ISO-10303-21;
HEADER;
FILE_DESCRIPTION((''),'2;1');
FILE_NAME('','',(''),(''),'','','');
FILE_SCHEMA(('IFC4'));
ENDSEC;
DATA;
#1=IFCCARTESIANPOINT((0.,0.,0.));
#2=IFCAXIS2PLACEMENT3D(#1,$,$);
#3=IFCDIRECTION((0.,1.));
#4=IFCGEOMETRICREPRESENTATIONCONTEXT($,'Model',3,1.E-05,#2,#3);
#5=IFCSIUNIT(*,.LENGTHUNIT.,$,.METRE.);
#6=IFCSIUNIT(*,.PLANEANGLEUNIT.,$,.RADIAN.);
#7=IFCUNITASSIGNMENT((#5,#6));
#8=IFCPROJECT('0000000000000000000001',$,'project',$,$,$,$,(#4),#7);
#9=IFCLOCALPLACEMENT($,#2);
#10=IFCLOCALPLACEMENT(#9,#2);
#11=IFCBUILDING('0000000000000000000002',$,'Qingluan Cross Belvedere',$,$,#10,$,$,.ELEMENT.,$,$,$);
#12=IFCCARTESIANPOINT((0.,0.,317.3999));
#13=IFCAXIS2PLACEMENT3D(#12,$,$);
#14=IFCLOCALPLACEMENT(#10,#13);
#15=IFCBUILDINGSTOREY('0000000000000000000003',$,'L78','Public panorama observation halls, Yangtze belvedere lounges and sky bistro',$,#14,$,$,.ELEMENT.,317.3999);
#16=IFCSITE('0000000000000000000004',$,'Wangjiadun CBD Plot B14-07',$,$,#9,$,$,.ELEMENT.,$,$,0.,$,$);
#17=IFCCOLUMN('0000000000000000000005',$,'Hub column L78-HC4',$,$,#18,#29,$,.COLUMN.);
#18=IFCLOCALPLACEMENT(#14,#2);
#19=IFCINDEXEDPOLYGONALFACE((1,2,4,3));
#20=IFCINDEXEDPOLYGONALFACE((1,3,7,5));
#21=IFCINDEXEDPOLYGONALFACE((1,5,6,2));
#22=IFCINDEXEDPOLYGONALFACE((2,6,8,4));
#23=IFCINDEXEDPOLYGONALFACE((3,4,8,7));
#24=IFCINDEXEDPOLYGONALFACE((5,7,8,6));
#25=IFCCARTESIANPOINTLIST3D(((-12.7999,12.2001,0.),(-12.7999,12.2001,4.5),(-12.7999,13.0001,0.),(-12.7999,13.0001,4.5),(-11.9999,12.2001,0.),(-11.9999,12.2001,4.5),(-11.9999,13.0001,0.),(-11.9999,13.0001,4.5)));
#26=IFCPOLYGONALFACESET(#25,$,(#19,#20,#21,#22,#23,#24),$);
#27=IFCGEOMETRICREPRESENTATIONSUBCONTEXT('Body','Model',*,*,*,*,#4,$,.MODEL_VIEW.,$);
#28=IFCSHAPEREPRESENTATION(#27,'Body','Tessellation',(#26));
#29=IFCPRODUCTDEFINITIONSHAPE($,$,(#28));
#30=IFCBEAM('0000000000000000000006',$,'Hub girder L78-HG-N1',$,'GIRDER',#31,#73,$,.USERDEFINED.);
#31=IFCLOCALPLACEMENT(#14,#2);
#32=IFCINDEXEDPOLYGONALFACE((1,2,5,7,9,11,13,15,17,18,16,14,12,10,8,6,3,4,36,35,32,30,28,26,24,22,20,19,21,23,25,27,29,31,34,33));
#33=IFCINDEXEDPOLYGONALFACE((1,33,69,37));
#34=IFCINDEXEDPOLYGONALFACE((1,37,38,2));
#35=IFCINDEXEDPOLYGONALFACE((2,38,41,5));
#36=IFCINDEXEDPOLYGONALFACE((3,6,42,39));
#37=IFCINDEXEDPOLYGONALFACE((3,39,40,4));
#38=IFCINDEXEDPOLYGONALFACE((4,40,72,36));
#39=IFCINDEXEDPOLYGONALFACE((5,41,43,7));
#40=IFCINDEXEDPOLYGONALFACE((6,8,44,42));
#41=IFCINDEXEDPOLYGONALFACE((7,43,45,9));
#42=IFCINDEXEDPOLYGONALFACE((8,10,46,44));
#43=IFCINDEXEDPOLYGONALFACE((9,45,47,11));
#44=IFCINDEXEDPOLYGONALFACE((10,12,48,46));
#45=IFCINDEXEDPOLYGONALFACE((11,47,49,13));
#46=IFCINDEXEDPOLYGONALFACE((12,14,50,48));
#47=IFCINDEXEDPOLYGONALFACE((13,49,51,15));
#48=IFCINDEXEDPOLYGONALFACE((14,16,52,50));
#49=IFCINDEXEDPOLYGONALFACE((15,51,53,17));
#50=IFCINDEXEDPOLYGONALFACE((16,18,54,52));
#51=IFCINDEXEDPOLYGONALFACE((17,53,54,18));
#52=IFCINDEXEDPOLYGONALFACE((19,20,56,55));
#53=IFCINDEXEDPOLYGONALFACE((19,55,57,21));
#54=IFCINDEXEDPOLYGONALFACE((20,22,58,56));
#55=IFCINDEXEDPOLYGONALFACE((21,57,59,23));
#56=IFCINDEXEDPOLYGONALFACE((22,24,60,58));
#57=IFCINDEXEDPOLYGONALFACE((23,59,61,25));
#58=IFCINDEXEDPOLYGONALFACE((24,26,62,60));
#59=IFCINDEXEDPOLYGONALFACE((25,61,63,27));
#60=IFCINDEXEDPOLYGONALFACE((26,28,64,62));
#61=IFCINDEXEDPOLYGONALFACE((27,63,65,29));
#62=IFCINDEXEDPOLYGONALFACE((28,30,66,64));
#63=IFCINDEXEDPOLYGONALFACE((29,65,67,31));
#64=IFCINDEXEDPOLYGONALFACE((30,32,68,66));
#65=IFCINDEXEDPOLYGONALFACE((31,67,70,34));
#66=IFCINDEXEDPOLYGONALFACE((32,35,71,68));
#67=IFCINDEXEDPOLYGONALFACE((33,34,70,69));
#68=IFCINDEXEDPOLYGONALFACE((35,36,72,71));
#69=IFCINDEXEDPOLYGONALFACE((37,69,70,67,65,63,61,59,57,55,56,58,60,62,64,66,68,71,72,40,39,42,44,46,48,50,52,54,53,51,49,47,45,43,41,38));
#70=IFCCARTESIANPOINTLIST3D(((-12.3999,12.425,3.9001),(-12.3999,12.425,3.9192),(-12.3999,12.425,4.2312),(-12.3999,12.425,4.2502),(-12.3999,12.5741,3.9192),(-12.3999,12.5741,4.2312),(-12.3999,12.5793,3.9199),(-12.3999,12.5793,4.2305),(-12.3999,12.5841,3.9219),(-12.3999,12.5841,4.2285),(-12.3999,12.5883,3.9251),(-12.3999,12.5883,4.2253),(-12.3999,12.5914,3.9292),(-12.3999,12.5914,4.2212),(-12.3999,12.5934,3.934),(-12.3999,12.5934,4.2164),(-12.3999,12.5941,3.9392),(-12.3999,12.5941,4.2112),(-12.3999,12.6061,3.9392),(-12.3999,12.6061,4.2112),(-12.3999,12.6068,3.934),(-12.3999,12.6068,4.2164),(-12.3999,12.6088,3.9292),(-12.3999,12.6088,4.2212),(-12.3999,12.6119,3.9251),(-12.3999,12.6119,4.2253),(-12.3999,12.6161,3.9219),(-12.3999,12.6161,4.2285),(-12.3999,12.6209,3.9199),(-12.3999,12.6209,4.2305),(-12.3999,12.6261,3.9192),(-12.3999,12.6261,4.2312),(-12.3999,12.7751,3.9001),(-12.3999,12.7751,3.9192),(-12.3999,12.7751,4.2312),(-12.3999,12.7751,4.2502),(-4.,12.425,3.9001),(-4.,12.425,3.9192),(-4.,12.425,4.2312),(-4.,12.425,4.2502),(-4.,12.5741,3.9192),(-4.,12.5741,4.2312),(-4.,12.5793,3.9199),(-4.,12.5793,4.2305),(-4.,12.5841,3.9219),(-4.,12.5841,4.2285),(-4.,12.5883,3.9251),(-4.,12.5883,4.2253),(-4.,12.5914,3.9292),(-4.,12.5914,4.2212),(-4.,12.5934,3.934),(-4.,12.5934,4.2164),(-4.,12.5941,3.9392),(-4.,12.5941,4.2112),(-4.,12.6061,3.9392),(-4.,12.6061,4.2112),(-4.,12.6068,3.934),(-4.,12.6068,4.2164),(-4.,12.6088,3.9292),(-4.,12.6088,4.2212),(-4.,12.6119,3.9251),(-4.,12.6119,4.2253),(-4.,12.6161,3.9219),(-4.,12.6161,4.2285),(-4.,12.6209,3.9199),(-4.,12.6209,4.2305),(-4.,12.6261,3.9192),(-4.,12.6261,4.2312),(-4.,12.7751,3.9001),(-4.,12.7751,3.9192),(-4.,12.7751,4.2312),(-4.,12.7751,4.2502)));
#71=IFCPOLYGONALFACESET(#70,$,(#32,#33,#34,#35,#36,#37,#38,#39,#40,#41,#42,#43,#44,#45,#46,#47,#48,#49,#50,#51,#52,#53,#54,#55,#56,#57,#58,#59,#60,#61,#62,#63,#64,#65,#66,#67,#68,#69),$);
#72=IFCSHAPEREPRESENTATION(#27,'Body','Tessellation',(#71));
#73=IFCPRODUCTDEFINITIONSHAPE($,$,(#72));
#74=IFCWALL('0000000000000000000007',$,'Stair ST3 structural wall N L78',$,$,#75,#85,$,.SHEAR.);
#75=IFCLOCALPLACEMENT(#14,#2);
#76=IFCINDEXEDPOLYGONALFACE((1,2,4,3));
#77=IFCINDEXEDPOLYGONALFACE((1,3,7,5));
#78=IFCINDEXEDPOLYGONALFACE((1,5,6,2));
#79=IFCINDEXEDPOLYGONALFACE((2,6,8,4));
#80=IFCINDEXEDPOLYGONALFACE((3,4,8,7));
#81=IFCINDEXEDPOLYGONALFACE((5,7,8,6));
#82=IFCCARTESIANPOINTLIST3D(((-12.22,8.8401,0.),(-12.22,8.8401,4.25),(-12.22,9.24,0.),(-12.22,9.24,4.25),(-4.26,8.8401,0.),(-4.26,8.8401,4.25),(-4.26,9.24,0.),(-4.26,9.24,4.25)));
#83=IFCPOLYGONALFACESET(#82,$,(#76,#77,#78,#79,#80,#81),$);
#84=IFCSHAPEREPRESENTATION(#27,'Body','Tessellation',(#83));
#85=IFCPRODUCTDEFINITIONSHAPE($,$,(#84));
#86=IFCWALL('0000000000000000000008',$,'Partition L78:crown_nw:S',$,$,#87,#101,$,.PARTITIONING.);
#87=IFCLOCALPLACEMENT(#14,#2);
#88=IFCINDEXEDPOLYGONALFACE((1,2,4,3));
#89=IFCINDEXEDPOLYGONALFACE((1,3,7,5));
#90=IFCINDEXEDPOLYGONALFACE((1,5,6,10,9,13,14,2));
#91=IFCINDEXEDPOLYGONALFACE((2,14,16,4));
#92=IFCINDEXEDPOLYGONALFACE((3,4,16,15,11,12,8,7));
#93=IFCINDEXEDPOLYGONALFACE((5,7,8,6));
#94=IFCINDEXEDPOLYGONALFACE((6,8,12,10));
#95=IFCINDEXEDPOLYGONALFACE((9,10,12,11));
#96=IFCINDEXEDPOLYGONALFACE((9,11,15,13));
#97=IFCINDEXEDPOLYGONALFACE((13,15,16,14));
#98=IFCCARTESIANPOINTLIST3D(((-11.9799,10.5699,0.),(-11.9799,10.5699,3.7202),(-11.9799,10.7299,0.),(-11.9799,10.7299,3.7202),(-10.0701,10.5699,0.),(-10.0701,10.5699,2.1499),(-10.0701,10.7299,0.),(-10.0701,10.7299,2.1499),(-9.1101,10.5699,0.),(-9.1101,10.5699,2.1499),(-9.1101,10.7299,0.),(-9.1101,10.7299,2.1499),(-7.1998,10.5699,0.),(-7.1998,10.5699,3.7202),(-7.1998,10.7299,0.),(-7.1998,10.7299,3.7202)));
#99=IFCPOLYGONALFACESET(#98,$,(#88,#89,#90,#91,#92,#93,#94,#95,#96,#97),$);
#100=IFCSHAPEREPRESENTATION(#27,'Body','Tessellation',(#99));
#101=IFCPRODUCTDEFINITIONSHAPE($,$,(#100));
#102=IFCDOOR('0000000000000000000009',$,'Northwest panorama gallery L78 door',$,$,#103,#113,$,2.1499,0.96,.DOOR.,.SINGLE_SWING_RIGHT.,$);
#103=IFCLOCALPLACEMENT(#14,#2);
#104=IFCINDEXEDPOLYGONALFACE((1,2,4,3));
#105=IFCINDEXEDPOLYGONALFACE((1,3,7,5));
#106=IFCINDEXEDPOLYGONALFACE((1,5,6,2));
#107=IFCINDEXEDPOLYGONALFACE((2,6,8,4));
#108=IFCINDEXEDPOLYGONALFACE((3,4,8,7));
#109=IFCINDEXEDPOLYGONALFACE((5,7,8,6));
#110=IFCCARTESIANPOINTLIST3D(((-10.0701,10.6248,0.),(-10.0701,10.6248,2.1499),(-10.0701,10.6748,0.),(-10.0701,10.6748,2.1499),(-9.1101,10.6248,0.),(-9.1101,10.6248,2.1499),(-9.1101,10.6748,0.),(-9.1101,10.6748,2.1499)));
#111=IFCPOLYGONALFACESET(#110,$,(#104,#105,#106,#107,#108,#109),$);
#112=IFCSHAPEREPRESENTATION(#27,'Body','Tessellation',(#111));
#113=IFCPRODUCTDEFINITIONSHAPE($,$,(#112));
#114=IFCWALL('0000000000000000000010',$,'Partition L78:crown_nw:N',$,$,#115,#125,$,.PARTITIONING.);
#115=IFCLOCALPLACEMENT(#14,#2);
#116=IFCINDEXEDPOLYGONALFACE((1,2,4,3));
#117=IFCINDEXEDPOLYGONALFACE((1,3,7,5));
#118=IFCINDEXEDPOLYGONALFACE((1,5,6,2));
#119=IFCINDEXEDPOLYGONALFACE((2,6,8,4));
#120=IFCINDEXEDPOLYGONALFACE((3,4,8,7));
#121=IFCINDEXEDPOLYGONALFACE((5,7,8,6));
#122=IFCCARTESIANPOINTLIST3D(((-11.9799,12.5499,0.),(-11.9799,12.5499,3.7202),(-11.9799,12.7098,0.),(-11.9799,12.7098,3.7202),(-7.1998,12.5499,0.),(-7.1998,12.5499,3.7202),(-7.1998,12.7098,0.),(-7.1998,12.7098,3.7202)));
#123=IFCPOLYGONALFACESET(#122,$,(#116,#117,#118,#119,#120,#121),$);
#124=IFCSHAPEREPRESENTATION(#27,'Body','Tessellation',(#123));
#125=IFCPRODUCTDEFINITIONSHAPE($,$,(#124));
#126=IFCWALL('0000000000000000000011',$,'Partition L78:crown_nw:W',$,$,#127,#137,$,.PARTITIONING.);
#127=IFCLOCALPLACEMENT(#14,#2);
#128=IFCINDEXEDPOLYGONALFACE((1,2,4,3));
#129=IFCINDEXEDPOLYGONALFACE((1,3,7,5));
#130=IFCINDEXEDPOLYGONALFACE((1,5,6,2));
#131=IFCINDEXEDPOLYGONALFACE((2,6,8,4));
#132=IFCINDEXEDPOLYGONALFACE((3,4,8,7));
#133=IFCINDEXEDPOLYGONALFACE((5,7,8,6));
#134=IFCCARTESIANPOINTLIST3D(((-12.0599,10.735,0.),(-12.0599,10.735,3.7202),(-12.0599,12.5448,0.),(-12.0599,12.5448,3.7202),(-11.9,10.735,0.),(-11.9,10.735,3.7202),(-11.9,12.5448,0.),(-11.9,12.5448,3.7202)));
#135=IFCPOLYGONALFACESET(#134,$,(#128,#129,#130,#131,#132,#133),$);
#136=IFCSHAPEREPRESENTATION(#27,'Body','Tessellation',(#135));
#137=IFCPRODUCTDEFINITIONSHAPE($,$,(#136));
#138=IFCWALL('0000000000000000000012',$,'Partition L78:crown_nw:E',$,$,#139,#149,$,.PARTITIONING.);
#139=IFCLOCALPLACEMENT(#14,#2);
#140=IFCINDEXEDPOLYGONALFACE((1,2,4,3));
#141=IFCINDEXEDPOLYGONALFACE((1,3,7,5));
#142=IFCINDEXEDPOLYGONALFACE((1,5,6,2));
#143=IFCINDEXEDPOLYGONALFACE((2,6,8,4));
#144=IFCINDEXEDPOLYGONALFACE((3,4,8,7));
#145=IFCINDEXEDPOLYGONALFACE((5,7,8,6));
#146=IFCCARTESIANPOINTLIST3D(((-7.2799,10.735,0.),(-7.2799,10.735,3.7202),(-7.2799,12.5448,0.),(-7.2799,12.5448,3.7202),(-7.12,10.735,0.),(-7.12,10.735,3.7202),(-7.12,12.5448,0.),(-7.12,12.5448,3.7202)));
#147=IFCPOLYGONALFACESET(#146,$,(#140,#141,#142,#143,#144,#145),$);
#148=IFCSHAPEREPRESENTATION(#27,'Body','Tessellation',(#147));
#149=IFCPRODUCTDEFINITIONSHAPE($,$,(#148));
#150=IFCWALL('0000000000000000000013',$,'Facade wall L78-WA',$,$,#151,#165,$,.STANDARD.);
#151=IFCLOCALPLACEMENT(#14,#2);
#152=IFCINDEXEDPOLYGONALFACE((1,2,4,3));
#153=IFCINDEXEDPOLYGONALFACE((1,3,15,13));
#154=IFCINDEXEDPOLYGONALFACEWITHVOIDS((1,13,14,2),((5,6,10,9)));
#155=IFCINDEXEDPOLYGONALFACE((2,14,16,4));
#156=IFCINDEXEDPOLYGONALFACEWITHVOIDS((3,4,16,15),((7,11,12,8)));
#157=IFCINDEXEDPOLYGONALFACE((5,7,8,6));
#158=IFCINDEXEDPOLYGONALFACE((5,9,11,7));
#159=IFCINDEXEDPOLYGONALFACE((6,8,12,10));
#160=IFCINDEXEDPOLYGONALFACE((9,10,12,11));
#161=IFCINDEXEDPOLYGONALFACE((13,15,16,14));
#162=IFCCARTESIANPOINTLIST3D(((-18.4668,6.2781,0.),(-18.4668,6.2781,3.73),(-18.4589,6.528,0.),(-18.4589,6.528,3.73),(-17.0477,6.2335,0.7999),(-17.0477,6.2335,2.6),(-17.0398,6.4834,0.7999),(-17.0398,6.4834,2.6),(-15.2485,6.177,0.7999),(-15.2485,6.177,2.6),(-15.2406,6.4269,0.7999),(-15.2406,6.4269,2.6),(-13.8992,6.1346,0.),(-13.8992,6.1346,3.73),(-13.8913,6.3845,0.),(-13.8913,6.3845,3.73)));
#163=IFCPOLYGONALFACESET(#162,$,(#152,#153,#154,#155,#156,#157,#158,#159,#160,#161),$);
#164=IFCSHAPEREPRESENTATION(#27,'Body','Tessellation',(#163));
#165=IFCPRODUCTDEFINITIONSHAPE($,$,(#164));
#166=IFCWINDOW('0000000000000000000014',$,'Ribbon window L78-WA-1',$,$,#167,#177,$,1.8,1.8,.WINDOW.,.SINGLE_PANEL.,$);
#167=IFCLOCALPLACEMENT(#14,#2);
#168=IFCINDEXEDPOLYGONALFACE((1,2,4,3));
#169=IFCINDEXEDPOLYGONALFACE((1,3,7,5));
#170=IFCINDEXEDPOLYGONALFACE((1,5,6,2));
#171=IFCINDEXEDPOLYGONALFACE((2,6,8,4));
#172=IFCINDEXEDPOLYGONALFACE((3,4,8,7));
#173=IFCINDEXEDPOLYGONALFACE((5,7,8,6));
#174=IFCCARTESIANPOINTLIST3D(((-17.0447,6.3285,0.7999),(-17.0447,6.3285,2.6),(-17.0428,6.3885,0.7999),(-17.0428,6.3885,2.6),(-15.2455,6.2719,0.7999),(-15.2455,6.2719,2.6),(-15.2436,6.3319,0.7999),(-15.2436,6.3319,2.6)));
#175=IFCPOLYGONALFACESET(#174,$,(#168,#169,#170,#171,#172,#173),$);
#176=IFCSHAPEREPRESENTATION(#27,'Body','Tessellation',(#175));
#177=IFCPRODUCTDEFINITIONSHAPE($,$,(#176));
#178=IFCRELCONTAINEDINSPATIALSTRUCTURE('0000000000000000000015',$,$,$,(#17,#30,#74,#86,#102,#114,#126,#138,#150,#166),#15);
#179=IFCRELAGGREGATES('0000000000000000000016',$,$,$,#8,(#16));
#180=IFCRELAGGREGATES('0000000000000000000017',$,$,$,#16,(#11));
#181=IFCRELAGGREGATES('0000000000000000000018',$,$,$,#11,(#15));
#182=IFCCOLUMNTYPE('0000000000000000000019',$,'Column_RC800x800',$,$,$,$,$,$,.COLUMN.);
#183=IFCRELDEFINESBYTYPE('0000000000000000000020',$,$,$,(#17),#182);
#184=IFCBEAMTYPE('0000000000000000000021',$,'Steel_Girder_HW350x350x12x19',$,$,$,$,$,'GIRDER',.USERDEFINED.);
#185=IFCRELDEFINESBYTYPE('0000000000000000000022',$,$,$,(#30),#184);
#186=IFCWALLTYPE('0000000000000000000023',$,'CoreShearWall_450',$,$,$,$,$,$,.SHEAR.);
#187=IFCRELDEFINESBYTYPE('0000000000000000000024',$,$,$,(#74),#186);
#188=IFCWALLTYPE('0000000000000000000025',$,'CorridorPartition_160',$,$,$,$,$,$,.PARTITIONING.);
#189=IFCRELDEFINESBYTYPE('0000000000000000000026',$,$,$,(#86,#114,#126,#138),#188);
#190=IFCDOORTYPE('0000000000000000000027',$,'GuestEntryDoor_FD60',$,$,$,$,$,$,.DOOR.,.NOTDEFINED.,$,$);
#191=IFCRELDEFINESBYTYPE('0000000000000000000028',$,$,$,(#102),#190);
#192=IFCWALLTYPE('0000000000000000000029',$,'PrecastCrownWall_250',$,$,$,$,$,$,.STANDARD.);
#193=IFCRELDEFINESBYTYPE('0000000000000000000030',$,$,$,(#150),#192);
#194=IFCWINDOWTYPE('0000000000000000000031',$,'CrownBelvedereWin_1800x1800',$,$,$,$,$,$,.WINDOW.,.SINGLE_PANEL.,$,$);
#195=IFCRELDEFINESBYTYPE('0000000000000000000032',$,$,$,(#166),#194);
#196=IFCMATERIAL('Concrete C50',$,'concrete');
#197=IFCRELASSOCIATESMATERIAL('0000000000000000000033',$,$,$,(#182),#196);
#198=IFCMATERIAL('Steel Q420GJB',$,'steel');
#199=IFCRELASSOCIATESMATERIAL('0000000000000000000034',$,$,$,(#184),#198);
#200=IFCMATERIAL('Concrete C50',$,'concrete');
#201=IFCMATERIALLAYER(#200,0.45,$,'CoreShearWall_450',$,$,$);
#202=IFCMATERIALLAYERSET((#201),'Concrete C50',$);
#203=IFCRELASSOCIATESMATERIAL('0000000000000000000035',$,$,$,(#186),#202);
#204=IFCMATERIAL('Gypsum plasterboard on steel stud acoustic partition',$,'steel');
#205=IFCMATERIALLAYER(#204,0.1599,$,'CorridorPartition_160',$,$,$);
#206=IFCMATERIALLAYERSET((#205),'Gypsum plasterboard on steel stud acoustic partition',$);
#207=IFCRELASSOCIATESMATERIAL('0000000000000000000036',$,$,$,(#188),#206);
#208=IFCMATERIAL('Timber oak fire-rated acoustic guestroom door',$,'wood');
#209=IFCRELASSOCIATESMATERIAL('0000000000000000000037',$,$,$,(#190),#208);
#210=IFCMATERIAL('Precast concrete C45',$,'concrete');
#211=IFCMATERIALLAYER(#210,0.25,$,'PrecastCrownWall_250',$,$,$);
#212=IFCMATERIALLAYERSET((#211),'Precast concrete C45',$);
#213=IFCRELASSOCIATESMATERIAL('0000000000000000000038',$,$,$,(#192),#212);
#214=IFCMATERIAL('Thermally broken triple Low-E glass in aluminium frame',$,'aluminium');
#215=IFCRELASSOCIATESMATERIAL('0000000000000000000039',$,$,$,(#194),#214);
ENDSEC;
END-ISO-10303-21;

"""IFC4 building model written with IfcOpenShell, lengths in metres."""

from ifc_helpers import new_model, si_unit, direction, frame, frame_2d, origin, origin_2d, place, context, subcontext, project, spatial, rectangle, i_section, extrude, material, layer, layer_set, material_profile, profile_set, type_object, element, fill, save


model = new_model("IFC4")

# Units and contexts
model_context = context("Model", 3, precision=1e-05, world=origin(), true_north=direction((0.0, 1.0)))
body_context = subcontext(model_context, "Body", "Model", "MODEL_VIEW")
ifc_project = project(units=[si_unit("LENGTHUNIT", "METRE"), si_unit("PLANEANGLEUNIT", "RADIAN")], contexts=[model_context])

# Site, building, storey
site_placement = place(None, origin())
site = spatial("IfcSite", under=ifc_project, at=site_placement, Name="Wangjiadun CBD Plot B14-07", CompositionType="ELEMENT", RefElevation=0.0)
building_placement = place(site_placement, origin())
building = spatial("IfcBuilding", under=site, at=building_placement, Name="Qingluan Cross Belvedere", CompositionType="ELEMENT")
storey_placement = place(building_placement, frame((0.0, 0.0, 317.3999)))
storey = spatial("IfcBuildingStorey", under=building, at=storey_placement, Name="L78", Description="Public panorama observation halls, Yangtze belvedere lounges and sky bistro", CompositionType="ELEMENT", Elevation=317.3999)

# Column
ifc_material_1 = material(Name="Concrete C50", Category="concrete")
ifc_material_profile_1 = material_profile(ifc_material_1, rectangle(XDim=0.8, YDim=0.8, at=origin_2d()), Name="RC800x800")
ifc_profile_set_1 = profile_set([ifc_material_profile_1], Name="Concrete C50")
column_type = type_object("IfcColumnType", Name="Column_RC800x800", PredefinedType="COLUMN", material=ifc_profile_set_1)
column_placement = place(storey_placement, frame((-12.3999, 12.6001, 0.0), z_axis=(0.0, 0.0, 1.0), x_axis=(1.0, 0.0, 0.0)))
element("IfcColumn", 1, at=column_placement, inside=storey, type_object=column_type, Name="Hub column L78-HC4", PredefinedType="COLUMN", context=body_context, shape_type="SweptSolid", body=[
    extrude(rectangle(XDim=0.8, YDim=0.8, at=origin_2d()), origin(), (0.0, 0.0, 1.0), 4.5),
])

# Beam
ifc_material_2 = material(Name="Steel Q420GJB", Category="steel")
ifc_material_profile_2 = material_profile(ifc_material_2, i_section(OverallWidth=0.3501, OverallDepth=0.3501, WebThickness=0.012, FlangeThickness=0.019, FilletRadius=0.02, at=origin_2d()), Name="HW350x350x12x19")
ifc_profile_set_2 = profile_set([ifc_material_profile_2], Name="Steel Q420GJB")
beam_type = type_object("IfcBeamType", Name="Steel_Girder_HW350x350x12x19", ElementType="GIRDER", PredefinedType="USERDEFINED", material=ifc_profile_set_2)
beam_placement = place(storey_placement, frame((-12.3999, 12.6001, 4.0752), z_axis=(1.0, 0.0, 0.0), x_axis=(0.0, 1.0, 0.0)))
element("IfcBeam", 2, at=beam_placement, inside=storey, type_object=beam_type, Name="Hub girder L78-HG-N1", ObjectType="GIRDER", PredefinedType="USERDEFINED", context=body_context, shape_type="SweptSolid", body=[
    extrude(i_section(OverallWidth=0.3501, OverallDepth=0.3501, WebThickness=0.012, FlangeThickness=0.019, FilletRadius=0.02, at=origin_2d()), origin(), (0.0, 0.0, 1.0), 8.3999),
])

# Wall
ifc_material_3 = material(Name="Concrete C50", Category="concrete")
ifc_layer_1 = layer(ifc_material_3, 0.45, Name="CoreShearWall_450")
ifc_layer_set_1 = layer_set([ifc_layer_1], Name="Concrete C50")
wall_type_1 = type_object("IfcWallType", Name="CoreShearWall_450", PredefinedType="SHEAR", material=ifc_layer_set_1)
wall_1_placement = place(storey_placement, frame((-12.22, 9.04, 0.0), z_axis=(0.0, 0.0, 1.0), x_axis=(1.0, 0.0, 0.0)))
element("IfcWall", 3, at=wall_1_placement, inside=storey, type_object=wall_type_1, Name="Stair ST3 structural wall N L78", PredefinedType="SHEAR", context=body_context, shape_type="SweptSolid", body=[
    extrude(rectangle(XDim=7.96, YDim=0.3999, at=frame_2d((3.98, 0.0))), origin(), (0.0, 0.0, 1.0), 4.25),
])

# Wall, opening, door
ifc_material_4 = material(Name="Gypsum plasterboard on steel stud acoustic partition", Category="steel")
ifc_layer_2 = layer(ifc_material_4, 0.1599, Name="CorridorPartition_160")
ifc_layer_set_2 = layer_set([ifc_layer_2], Name="Gypsum plasterboard on steel stud acoustic partition")
wall_type_2 = type_object("IfcWallType", Name="CorridorPartition_160", PredefinedType="PARTITIONING", material=ifc_layer_set_2)
wall_2_placement = place(storey_placement, frame((-11.98, 10.6499, 0.0), z_axis=(0.0, 0.0, 1.0), x_axis=(1.0, 0.0, 0.0)))
wall_2 = element("IfcWall", 4, at=wall_2_placement, inside=storey, type_object=wall_type_2, Name="Partition L78:crown_nw:S", PredefinedType="PARTITIONING", context=body_context, shape_type="SweptSolid", body=[
    extrude(rectangle(XDim=4.78, YDim=0.1599, at=frame_2d((2.3901, 0.0))), origin(), (0.0, 0.0, 1.0), 3.7202),
])
opening_1_placement = place(wall_2_placement, frame((1.9099, 0.0, 0.0)))
opening_1 = element("IfcOpeningElement", 5, at=opening_1_placement, cuts=wall_2, PredefinedType="OPENING", context=body_context, shape_type="SweptSolid", body=[
    extrude(rectangle(XDim=0.96, YDim=2.1499, at=frame_2d((0.48, 1.075))), frame((0.0, 0.0898, 0.0), z_axis=(0.0, -1.0, 0.0), x_axis=(1.0, 0.0, 0.0)), (0.0, 0.0, 1.0), 0.1799),
])
ifc_material_5 = material(Name="Timber oak fire-rated acoustic guestroom door", Category="wood")
door_type = type_object("IfcDoorType", Name="GuestEntryDoor_FD60", OperationType="NOTDEFINED", PredefinedType="DOOR", material=ifc_material_5)
door_placement = place(opening_1_placement, origin())
door = element("IfcDoor", 6, at=door_placement, inside=storey, type_object=door_type, Name="Northwest panorama gallery L78 door", OperationType="SINGLE_SWING_RIGHT", OverallHeight=2.1499, OverallWidth=0.96, PredefinedType="DOOR", context=body_context, shape_type="SweptSolid", body=[
    extrude(rectangle(XDim=0.96, YDim=2.1499, at=frame_2d((0.48, 1.075))), frame((0.0, 0.0249, 0.0), z_axis=(0.0, -1.0, 0.0), x_axis=(1.0, 0.0, 0.0)), (0.0, 0.0, 1.0), 0.05),
])
fill(opening_1, door)

# Walls
wall_3_placement = place(storey_placement, frame((-11.98, 12.6299, 0.0), z_axis=(0.0, 0.0, 1.0), x_axis=(1.0, 0.0, 0.0)))
element("IfcWall", 7, at=wall_3_placement, inside=storey, type_object=wall_type_2, Name="Partition L78:crown_nw:N", PredefinedType="PARTITIONING", context=body_context, shape_type="SweptSolid", body=[
    extrude(rectangle(XDim=4.78, YDim=0.1599, at=frame_2d((2.3901, 0.0))), origin(), (0.0, 0.0, 1.0), 3.7202),
])
for number, where, z_axis, x_axis, name in (
    (8, (-11.98, 10.7351, 0.0), (0.0, 0.0, 1.0), (0.0, 1.0, 0.0), "Partition L78:crown_nw:W"),
    (9, (-7.2, 10.7351, 0.0), (0.0, 0.0, 1.0), (0.0, 1.0, 0.0), "Partition L78:crown_nw:E"),
):
    element("IfcWall", number, at=place(storey_placement, frame(where, z_axis=z_axis, x_axis=x_axis)), inside=storey, type_object=wall_type_2, Name=name, PredefinedType="PARTITIONING", context=body_context, shape_type="SweptSolid", body=[
        extrude(rectangle(XDim=1.8098, YDim=0.1599, at=frame_2d((0.9048, 0.0))), origin(), (0.0, 0.0, 1.0), 3.7202),
    ])

# Wall, opening, window
ifc_material_6 = material(Name="Precast concrete C45", Category="concrete")
ifc_layer_3 = layer(ifc_material_6, 0.25, Name="PrecastCrownWall_250")
ifc_layer_set_3 = layer_set([ifc_layer_3], Name="Precast concrete C45")
wall_type_3 = type_object("IfcWallType", Name="PrecastCrownWall_250", PredefinedType="STANDARD", material=ifc_layer_set_3)
wall_4_placement = place(storey_placement, frame((-13.8953, 6.2595, 0.0), z_axis=(0.0, 0.0, 1.0), x_axis=(-0.999506, 0.031413, 0.0)))
wall_4 = element("IfcWall", 10, at=wall_4_placement, inside=storey, type_object=wall_type_3, Name="Facade wall L78-WA", PredefinedType="STANDARD", context=body_context, shape_type="SweptSolid", body=[
    extrude(rectangle(XDim=4.5698, YDim=0.25, at=frame_2d((2.2849, 0.0))), origin(), (0.0, 0.0, 1.0), 3.73),
])
opening_2_placement = place(wall_4_placement, frame((1.3501, 0.0, 0.8)))
opening_2 = element("IfcOpeningElement", 11, at=opening_2_placement, cuts=wall_4, PredefinedType="OPENING", context=body_context, shape_type="SweptSolid", body=[
    extrude(rectangle(XDim=1.8, YDim=1.8, at=frame_2d((0.8999, 0.8999))), frame((0.0, 0.135, 0.0), z_axis=(0.0, -1.0, 0.0), x_axis=(1.0, 0.0, 0.0)), (0.0, 0.0, 1.0), 0.27),
])
ifc_material_7 = material(Name="Thermally broken triple Low-E glass in aluminium frame", Category="aluminium")
window_type = type_object("IfcWindowType", Name="CrownBelvedereWin_1800x1800", PartitioningType="SINGLE_PANEL", PredefinedType="WINDOW", material=ifc_material_7)
window_placement = place(opening_2_placement, origin())
window = element("IfcWindow", 12, at=window_placement, inside=storey, type_object=window_type, Name="Ribbon window L78-WA-1", OverallHeight=1.8, OverallWidth=1.8, PartitioningType="SINGLE_PANEL", PredefinedType="WINDOW", context=body_context, shape_type="SweptSolid", body=[
    extrude(rectangle(XDim=1.8, YDim=1.8, at=frame_2d((0.8999, 0.8999))), frame((0.0, 0.03, 0.0), z_axis=(0.0, -1.0, 0.0), x_axis=(1.0, 0.0, 0.0)), (0.0, 0.0, 1.0), 0.0601),
])
fill(opening_2, window)

save(model, "model.ifc")
